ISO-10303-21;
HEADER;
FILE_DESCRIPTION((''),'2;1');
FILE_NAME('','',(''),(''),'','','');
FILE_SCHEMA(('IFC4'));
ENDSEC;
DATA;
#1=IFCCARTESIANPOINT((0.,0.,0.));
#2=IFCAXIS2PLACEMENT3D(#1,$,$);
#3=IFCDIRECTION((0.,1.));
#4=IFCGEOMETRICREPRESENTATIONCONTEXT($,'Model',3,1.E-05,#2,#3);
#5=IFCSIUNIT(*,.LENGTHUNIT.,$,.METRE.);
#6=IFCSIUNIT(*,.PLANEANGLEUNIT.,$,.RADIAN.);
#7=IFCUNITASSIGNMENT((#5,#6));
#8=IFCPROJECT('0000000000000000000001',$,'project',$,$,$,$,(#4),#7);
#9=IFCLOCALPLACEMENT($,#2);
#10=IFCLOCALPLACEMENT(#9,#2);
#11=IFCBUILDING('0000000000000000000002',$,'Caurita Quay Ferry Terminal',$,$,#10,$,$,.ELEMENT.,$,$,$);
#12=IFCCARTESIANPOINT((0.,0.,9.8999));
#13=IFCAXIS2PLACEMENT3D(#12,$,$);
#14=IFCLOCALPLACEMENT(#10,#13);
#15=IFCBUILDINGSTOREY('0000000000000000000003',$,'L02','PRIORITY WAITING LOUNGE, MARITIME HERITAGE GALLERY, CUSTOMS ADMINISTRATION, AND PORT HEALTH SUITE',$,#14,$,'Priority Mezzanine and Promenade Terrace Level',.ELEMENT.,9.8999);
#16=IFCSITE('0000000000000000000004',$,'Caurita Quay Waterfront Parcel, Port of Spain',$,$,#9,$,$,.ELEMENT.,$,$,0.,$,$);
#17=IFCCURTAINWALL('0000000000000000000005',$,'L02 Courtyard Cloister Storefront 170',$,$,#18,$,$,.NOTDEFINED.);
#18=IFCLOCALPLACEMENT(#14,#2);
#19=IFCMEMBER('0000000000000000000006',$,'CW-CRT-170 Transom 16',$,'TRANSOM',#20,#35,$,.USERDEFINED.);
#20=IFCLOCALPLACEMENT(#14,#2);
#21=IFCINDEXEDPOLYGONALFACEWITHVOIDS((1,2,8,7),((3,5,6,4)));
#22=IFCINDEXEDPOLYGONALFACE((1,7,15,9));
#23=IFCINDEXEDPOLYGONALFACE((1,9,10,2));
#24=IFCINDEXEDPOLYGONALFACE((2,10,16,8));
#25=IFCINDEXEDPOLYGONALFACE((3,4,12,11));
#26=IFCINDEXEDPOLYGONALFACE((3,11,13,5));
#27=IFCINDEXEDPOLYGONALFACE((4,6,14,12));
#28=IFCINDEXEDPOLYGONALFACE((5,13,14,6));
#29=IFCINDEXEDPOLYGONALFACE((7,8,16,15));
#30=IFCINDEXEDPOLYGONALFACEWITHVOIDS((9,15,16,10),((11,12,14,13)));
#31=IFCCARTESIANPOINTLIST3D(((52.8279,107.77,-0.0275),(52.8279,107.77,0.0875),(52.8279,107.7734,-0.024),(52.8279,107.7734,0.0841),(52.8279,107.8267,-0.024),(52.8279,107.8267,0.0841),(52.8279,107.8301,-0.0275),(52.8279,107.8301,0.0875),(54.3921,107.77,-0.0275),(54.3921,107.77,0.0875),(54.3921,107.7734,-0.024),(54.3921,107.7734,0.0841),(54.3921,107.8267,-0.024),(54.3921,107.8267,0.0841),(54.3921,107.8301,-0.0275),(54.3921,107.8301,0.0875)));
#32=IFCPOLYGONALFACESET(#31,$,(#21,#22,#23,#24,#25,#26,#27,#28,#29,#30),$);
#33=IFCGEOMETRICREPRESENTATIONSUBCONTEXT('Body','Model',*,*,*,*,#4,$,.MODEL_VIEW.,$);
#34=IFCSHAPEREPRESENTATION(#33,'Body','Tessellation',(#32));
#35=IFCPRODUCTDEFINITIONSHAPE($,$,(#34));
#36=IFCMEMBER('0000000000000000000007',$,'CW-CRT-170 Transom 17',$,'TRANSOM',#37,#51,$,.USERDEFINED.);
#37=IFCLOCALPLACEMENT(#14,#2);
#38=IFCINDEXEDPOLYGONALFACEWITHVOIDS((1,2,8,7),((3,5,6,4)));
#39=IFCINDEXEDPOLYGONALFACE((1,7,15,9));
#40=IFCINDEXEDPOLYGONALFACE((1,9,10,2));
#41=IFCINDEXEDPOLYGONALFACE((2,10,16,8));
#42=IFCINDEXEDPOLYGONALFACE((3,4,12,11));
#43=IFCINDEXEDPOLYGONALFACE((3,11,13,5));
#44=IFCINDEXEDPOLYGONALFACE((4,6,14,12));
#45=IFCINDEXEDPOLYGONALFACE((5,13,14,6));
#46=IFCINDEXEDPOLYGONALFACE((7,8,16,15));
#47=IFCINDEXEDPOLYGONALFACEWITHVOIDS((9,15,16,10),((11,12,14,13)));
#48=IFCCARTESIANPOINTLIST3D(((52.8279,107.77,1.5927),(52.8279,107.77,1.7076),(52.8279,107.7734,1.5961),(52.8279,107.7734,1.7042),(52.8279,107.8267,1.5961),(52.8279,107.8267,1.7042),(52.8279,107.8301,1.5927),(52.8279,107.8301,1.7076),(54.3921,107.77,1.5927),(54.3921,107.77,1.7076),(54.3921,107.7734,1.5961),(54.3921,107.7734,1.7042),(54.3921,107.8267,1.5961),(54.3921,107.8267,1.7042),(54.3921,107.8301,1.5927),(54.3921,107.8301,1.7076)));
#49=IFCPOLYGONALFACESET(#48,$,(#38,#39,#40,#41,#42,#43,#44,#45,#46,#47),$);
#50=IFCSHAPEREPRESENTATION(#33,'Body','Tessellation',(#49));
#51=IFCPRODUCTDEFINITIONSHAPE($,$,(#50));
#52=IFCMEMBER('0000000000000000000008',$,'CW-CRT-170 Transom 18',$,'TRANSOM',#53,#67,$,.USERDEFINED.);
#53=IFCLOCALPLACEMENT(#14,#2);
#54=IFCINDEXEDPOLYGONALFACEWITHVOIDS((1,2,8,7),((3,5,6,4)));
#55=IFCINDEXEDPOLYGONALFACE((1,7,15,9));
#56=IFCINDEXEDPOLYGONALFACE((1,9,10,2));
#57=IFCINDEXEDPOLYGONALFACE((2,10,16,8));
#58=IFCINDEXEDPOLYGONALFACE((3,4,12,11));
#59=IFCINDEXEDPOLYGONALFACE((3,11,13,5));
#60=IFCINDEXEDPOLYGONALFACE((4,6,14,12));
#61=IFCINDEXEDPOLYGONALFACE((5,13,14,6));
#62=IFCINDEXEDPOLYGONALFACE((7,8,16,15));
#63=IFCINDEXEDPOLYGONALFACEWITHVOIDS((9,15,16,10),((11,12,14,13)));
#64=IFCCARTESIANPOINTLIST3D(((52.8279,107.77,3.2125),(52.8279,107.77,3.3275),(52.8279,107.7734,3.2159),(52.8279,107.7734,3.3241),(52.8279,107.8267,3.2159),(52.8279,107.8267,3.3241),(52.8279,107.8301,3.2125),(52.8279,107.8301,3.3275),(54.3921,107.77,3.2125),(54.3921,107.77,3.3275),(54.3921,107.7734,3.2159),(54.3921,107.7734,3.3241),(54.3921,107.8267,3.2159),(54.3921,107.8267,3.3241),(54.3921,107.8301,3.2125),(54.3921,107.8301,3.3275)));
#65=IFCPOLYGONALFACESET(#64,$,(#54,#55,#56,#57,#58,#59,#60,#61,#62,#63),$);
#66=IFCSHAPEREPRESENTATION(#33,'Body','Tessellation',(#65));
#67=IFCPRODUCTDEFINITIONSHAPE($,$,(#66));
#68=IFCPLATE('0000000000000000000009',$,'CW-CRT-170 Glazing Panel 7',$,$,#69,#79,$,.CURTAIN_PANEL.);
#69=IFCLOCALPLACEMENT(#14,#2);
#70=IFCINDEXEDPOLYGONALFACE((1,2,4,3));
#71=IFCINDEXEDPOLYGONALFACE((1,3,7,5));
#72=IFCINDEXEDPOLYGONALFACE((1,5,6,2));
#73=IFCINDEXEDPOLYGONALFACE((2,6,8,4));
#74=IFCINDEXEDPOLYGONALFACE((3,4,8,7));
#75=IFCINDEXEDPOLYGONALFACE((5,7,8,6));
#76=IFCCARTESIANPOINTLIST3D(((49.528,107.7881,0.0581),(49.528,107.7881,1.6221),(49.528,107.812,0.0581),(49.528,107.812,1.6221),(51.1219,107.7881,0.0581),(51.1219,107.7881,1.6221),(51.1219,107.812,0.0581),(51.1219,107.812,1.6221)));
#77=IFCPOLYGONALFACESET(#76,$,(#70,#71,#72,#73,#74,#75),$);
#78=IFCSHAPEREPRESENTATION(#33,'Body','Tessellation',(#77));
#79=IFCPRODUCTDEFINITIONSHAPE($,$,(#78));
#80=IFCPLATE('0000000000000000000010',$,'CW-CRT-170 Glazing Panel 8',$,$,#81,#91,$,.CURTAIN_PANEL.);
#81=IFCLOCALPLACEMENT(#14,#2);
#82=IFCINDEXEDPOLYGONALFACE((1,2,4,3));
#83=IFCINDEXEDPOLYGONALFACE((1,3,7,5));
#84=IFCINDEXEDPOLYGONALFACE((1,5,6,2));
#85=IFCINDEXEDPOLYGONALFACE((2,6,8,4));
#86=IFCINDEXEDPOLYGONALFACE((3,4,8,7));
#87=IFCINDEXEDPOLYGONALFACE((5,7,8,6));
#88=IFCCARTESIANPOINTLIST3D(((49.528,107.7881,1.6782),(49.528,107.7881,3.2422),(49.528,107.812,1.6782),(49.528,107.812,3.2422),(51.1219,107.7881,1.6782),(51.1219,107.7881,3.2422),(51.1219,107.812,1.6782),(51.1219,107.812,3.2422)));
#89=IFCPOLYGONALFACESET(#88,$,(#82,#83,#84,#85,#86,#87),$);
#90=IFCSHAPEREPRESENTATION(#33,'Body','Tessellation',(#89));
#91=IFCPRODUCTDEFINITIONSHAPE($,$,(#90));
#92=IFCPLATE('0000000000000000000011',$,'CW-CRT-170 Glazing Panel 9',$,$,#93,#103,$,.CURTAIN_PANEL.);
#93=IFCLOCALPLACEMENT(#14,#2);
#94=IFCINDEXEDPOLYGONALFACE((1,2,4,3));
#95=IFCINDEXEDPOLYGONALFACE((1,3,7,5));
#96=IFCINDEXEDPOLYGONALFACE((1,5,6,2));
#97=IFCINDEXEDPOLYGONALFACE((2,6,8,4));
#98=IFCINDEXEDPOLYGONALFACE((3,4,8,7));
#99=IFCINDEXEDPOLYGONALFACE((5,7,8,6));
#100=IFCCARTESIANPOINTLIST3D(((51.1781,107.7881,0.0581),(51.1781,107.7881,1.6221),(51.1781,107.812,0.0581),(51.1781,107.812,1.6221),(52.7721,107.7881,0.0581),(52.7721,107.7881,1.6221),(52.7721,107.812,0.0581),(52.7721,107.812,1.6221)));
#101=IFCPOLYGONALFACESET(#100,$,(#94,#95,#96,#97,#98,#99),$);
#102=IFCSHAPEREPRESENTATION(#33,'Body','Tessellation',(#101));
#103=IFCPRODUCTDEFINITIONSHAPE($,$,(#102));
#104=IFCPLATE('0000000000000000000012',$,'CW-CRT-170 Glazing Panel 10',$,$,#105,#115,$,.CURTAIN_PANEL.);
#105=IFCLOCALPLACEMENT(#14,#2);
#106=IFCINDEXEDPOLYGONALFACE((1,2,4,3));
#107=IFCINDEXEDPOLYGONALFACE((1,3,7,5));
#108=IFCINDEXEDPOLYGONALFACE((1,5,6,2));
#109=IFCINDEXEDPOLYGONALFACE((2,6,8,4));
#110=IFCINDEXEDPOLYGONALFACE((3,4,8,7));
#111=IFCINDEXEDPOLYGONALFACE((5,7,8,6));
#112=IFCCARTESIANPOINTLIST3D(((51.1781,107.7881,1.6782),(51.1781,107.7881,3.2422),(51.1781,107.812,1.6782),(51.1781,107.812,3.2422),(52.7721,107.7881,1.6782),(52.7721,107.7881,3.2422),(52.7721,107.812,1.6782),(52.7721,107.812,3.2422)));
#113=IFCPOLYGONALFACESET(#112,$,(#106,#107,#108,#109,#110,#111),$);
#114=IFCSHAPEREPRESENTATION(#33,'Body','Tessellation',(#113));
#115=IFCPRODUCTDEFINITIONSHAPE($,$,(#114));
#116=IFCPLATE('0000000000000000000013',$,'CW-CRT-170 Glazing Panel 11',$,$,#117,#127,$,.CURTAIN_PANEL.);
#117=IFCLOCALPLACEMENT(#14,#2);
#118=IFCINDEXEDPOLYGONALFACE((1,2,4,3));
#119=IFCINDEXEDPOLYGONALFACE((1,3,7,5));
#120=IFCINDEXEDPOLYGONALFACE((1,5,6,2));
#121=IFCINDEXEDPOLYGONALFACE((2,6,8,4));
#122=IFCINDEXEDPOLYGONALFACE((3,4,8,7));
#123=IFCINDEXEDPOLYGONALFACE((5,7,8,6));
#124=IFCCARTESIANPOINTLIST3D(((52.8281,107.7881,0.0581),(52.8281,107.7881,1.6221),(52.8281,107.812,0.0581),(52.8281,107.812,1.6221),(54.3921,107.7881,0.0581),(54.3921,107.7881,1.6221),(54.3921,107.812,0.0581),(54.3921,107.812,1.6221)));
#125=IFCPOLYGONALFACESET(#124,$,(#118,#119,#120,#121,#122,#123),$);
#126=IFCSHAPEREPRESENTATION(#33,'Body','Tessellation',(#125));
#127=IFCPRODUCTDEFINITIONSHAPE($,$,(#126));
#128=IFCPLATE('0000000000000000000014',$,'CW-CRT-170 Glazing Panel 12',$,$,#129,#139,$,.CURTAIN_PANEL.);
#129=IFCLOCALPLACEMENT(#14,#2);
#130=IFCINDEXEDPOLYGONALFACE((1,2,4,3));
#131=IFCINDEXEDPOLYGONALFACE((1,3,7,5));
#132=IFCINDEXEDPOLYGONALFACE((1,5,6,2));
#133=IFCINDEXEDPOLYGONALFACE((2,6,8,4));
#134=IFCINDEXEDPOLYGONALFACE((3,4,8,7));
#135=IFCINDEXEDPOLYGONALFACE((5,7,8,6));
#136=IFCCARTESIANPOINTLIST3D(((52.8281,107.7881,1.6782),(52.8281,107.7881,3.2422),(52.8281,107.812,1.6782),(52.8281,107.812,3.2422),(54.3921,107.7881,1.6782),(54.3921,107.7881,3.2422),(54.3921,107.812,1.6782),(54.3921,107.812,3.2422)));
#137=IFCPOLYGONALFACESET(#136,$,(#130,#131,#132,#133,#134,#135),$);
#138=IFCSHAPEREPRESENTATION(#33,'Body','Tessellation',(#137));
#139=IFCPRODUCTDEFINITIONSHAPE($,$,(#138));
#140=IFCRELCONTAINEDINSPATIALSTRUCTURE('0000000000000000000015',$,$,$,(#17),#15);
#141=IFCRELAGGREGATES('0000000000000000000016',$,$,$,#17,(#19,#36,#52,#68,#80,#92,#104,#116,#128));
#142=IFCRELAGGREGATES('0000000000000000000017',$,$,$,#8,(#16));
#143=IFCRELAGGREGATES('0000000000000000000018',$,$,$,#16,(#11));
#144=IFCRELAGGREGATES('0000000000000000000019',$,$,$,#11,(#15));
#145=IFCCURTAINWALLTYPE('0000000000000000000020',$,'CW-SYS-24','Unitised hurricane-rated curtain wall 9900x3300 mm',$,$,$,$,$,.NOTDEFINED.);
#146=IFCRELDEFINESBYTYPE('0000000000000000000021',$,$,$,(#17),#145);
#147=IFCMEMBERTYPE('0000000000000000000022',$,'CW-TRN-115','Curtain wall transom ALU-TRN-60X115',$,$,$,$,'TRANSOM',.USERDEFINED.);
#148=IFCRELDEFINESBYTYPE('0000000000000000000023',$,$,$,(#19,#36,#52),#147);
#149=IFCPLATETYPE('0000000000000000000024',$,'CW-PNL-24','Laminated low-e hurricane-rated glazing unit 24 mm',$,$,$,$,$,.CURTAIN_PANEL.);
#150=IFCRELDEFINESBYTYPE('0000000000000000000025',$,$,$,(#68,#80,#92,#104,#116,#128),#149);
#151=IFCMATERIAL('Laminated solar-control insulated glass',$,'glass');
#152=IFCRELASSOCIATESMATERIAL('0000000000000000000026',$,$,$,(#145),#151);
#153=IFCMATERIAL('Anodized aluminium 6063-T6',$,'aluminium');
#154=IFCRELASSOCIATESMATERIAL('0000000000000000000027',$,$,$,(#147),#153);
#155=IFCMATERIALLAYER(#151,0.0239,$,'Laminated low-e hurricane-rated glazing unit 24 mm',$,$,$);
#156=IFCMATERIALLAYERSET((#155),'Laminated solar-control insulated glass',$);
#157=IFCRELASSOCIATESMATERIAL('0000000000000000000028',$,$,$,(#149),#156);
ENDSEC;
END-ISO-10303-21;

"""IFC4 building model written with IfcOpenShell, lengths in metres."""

from ifc_helpers import new_model, si_unit, direction, frame, origin, origin_2d, place, context, subcontext, project, spatial, rectangle, hollow_rectangle, extrude, material, layer, layer_set, material_profile, profile_set, type_object, element, aggregate, save


model = new_model("IFC4")

# Units and contexts
model_context = context("Model", 3, precision=1e-05, world=origin(), true_north=direction((0.0, 1.0)))
body_context = subcontext(model_context, "Body", "Model", "MODEL_VIEW")
ifc_project = project(units=[si_unit("LENGTHUNIT", "METRE"), si_unit("PLANEANGLEUNIT", "RADIAN")], contexts=[model_context])

# Site, building, storey
site_placement = place(None, origin())
site = spatial("IfcSite", under=ifc_project, at=site_placement, Name="Caurita Quay Waterfront Parcel, Port of Spain", CompositionType="ELEMENT", RefElevation=0.0)
building_placement = place(site_placement, origin())
building = spatial("IfcBuilding", under=site, at=building_placement, Name="Caurita Quay Ferry Terminal", CompositionType="ELEMENT")
storey_placement = place(building_placement, frame((0.0, 0.0, 9.8999)))
storey = spatial("IfcBuildingStorey", under=building, at=storey_placement, Name="L02", Description="PRIORITY WAITING LOUNGE, MARITIME HERITAGE GALLERY, CUSTOMS ADMINISTRATION, AND PORT HEALTH SUITE", LongName="Priority Mezzanine and Promenade Terrace Level", CompositionType="ELEMENT", Elevation=9.8999)

# Curtain wall, members, plates
ifc_material_1 = material(Name="Laminated solar-control insulated glass", Category="glass")
curtain_wall_type = type_object("IfcCurtainWallType", Name="CW-SYS-24", Description="Unitised hurricane-rated curtain wall 9900x3300 mm", PredefinedType="NOTDEFINED", material=ifc_material_1)
curtain_wall_placement = place(storey_placement, origin())
curtain_wall = element("IfcCurtainWall", 1, at=curtain_wall_placement, inside=storey, type_object=curtain_wall_type, Name="L02 Courtyard Cloister Storefront 170", PredefinedType="NOTDEFINED")
ifc_material_2 = material(Name="Anodized aluminium 6063-T6", Category="aluminium")
ifc_material_profile_1 = material_profile(ifc_material_2, hollow_rectangle(XDim=0.0601, YDim=0.115, WallThickness=0.0034, at=origin_2d()), Name="ALU-TRN-60X115")
ifc_profile_set_1 = profile_set([ifc_material_profile_1], Name="Anodized aluminium 6063-T6")
member_type_1 = type_object("IfcMemberType", Name="CW-TRN-115", Description="Curtain wall transom ALU-TRN-60X115", ElementType="TRANSOM", PredefinedType="USERDEFINED", material=ifc_profile_set_1)
member_1_placement = place(storey_placement, frame((52.8279, 107.8, 0.03), z_axis=(1.0, 0.0, 0.0), x_axis=(0.0, 1.0, 0.0)))
member_1 = element("IfcMember", 2, at=member_1_placement, type_object=member_type_1, Name="CW-CRT-170 Transom 16", ObjectType="TRANSOM", PredefinedType="USERDEFINED", context=body_context, shape_type="SweptSolid", body=[
    extrude(hollow_rectangle(XDim=0.0601, YDim=0.115, WallThickness=0.0034, at=origin_2d()), origin(), (0.0, 0.0, 1.0), 1.5642),
])
member_2_placement = place(storey_placement, frame((52.8279, 107.8, 1.6501), z_axis=(1.0, 0.0, 0.0), x_axis=(0.0, 1.0, 0.0)))
member_2 = element("IfcMember", 3, at=member_2_placement, type_object=member_type_1, Name="CW-CRT-170 Transom 17", ObjectType="TRANSOM", PredefinedType="USERDEFINED", context=body_context, shape_type="SweptSolid", body=[
    extrude(hollow_rectangle(XDim=0.0601, YDim=0.115, WallThickness=0.0034, at=origin_2d()), origin(), (0.0, 0.0, 1.0), 1.5642),
])
member_3_placement = place(storey_placement, frame((52.8279, 107.8, 3.27), z_axis=(1.0, 0.0, 0.0), x_axis=(0.0, 1.0, 0.0)))
member_3 = element("IfcMember", 4, at=member_3_placement, type_object=member_type_1, Name="CW-CRT-170 Transom 18", ObjectType="TRANSOM", PredefinedType="USERDEFINED", context=body_context, shape_type="SweptSolid", body=[
    extrude(hollow_rectangle(XDim=0.0601, YDim=0.115, WallThickness=0.0034, at=origin_2d()), origin(), (0.0, 0.0, 1.0), 1.5642),
])
ifc_layer = layer(ifc_material_1, 0.0239, Name="Laminated low-e hurricane-rated glazing unit 24 mm")
ifc_layer_set = layer_set([ifc_layer], Name="Laminated solar-control insulated glass")
plate_type = type_object("IfcPlateType", Name="CW-PNL-24", Description="Laminated low-e hurricane-rated glazing unit 24 mm", PredefinedType="CURTAIN_PANEL", material=ifc_layer_set)
plate_1_placement = place(storey_placement, frame((50.325, 107.8, 0.0581), z_axis=(0.0, 0.0, 1.0), x_axis=(1.0, 0.0, 0.0)))
plate_1 = element("IfcPlate", 5, at=plate_1_placement, type_object=plate_type, Name="CW-CRT-170 Glazing Panel 7", PredefinedType="CURTAIN_PANEL", context=body_context, shape_type="SweptSolid", body=[
    extrude(rectangle(XDim=1.594, YDim=0.0239, at=origin_2d()), origin(), (0.0, 0.0, 1.0), 1.564),
])
plate_2_placement = place(storey_placement, frame((50.325, 107.8, 1.6782), z_axis=(0.0, 0.0, 1.0), x_axis=(1.0, 0.0, 0.0)))
plate_2 = element("IfcPlate", 6, at=plate_2_placement, type_object=plate_type, Name="CW-CRT-170 Glazing Panel 8", PredefinedType="CURTAIN_PANEL", context=body_context, shape_type="SweptSolid", body=[
    extrude(rectangle(XDim=1.594, YDim=0.0239, at=origin_2d()), origin(), (0.0, 0.0, 1.0), 1.564),
])
plate_3_placement = place(storey_placement, frame((51.9751, 107.8, 0.0581), z_axis=(0.0, 0.0, 1.0), x_axis=(1.0, 0.0, 0.0)))
plate_3 = element("IfcPlate", 7, at=plate_3_placement, type_object=plate_type, Name="CW-CRT-170 Glazing Panel 9", PredefinedType="CURTAIN_PANEL", context=body_context, shape_type="SweptSolid", body=[
    extrude(rectangle(XDim=1.594, YDim=0.0239, at=origin_2d()), origin(), (0.0, 0.0, 1.0), 1.564),
])
plate_4_placement = place(storey_placement, frame((51.9751, 107.8, 1.6782), z_axis=(0.0, 0.0, 1.0), x_axis=(1.0, 0.0, 0.0)))
plate_4 = element("IfcPlate", 8, at=plate_4_placement, type_object=plate_type, Name="CW-CRT-170 Glazing Panel 10", PredefinedType="CURTAIN_PANEL", context=body_context, shape_type="SweptSolid", body=[
    extrude(rectangle(XDim=1.594, YDim=0.0239, at=origin_2d()), origin(), (0.0, 0.0, 1.0), 1.564),
])
plate_5_placement = place(storey_placement, frame((53.6101, 107.8, 0.0581), z_axis=(0.0, 0.0, 1.0), x_axis=(1.0, 0.0, 0.0)))
plate_5 = element("IfcPlate", 9, at=plate_5_placement, type_object=plate_type, Name="CW-CRT-170 Glazing Panel 11", PredefinedType="CURTAIN_PANEL", context=body_context, shape_type="SweptSolid", body=[
    extrude(rectangle(XDim=1.564, YDim=0.0239, at=origin_2d()), origin(), (0.0, 0.0, 1.0), 1.564),
])
plate_6_placement = place(storey_placement, frame((53.6101, 107.8, 1.6782), z_axis=(0.0, 0.0, 1.0), x_axis=(1.0, 0.0, 0.0)))
plate_6 = element("IfcPlate", 10, at=plate_6_placement, type_object=plate_type, Name="CW-CRT-170 Glazing Panel 12", PredefinedType="CURTAIN_PANEL", context=body_context, shape_type="SweptSolid", body=[
    extrude(rectangle(XDim=1.564, YDim=0.0239, at=origin_2d()), origin(), (0.0, 0.0, 1.0), 1.564),
])
aggregate(curtain_wall, [member_1, member_2, member_3, plate_1, plate_2, plate_3, plate_4, plate_5, plate_6])

save(model, "model.ifc")
